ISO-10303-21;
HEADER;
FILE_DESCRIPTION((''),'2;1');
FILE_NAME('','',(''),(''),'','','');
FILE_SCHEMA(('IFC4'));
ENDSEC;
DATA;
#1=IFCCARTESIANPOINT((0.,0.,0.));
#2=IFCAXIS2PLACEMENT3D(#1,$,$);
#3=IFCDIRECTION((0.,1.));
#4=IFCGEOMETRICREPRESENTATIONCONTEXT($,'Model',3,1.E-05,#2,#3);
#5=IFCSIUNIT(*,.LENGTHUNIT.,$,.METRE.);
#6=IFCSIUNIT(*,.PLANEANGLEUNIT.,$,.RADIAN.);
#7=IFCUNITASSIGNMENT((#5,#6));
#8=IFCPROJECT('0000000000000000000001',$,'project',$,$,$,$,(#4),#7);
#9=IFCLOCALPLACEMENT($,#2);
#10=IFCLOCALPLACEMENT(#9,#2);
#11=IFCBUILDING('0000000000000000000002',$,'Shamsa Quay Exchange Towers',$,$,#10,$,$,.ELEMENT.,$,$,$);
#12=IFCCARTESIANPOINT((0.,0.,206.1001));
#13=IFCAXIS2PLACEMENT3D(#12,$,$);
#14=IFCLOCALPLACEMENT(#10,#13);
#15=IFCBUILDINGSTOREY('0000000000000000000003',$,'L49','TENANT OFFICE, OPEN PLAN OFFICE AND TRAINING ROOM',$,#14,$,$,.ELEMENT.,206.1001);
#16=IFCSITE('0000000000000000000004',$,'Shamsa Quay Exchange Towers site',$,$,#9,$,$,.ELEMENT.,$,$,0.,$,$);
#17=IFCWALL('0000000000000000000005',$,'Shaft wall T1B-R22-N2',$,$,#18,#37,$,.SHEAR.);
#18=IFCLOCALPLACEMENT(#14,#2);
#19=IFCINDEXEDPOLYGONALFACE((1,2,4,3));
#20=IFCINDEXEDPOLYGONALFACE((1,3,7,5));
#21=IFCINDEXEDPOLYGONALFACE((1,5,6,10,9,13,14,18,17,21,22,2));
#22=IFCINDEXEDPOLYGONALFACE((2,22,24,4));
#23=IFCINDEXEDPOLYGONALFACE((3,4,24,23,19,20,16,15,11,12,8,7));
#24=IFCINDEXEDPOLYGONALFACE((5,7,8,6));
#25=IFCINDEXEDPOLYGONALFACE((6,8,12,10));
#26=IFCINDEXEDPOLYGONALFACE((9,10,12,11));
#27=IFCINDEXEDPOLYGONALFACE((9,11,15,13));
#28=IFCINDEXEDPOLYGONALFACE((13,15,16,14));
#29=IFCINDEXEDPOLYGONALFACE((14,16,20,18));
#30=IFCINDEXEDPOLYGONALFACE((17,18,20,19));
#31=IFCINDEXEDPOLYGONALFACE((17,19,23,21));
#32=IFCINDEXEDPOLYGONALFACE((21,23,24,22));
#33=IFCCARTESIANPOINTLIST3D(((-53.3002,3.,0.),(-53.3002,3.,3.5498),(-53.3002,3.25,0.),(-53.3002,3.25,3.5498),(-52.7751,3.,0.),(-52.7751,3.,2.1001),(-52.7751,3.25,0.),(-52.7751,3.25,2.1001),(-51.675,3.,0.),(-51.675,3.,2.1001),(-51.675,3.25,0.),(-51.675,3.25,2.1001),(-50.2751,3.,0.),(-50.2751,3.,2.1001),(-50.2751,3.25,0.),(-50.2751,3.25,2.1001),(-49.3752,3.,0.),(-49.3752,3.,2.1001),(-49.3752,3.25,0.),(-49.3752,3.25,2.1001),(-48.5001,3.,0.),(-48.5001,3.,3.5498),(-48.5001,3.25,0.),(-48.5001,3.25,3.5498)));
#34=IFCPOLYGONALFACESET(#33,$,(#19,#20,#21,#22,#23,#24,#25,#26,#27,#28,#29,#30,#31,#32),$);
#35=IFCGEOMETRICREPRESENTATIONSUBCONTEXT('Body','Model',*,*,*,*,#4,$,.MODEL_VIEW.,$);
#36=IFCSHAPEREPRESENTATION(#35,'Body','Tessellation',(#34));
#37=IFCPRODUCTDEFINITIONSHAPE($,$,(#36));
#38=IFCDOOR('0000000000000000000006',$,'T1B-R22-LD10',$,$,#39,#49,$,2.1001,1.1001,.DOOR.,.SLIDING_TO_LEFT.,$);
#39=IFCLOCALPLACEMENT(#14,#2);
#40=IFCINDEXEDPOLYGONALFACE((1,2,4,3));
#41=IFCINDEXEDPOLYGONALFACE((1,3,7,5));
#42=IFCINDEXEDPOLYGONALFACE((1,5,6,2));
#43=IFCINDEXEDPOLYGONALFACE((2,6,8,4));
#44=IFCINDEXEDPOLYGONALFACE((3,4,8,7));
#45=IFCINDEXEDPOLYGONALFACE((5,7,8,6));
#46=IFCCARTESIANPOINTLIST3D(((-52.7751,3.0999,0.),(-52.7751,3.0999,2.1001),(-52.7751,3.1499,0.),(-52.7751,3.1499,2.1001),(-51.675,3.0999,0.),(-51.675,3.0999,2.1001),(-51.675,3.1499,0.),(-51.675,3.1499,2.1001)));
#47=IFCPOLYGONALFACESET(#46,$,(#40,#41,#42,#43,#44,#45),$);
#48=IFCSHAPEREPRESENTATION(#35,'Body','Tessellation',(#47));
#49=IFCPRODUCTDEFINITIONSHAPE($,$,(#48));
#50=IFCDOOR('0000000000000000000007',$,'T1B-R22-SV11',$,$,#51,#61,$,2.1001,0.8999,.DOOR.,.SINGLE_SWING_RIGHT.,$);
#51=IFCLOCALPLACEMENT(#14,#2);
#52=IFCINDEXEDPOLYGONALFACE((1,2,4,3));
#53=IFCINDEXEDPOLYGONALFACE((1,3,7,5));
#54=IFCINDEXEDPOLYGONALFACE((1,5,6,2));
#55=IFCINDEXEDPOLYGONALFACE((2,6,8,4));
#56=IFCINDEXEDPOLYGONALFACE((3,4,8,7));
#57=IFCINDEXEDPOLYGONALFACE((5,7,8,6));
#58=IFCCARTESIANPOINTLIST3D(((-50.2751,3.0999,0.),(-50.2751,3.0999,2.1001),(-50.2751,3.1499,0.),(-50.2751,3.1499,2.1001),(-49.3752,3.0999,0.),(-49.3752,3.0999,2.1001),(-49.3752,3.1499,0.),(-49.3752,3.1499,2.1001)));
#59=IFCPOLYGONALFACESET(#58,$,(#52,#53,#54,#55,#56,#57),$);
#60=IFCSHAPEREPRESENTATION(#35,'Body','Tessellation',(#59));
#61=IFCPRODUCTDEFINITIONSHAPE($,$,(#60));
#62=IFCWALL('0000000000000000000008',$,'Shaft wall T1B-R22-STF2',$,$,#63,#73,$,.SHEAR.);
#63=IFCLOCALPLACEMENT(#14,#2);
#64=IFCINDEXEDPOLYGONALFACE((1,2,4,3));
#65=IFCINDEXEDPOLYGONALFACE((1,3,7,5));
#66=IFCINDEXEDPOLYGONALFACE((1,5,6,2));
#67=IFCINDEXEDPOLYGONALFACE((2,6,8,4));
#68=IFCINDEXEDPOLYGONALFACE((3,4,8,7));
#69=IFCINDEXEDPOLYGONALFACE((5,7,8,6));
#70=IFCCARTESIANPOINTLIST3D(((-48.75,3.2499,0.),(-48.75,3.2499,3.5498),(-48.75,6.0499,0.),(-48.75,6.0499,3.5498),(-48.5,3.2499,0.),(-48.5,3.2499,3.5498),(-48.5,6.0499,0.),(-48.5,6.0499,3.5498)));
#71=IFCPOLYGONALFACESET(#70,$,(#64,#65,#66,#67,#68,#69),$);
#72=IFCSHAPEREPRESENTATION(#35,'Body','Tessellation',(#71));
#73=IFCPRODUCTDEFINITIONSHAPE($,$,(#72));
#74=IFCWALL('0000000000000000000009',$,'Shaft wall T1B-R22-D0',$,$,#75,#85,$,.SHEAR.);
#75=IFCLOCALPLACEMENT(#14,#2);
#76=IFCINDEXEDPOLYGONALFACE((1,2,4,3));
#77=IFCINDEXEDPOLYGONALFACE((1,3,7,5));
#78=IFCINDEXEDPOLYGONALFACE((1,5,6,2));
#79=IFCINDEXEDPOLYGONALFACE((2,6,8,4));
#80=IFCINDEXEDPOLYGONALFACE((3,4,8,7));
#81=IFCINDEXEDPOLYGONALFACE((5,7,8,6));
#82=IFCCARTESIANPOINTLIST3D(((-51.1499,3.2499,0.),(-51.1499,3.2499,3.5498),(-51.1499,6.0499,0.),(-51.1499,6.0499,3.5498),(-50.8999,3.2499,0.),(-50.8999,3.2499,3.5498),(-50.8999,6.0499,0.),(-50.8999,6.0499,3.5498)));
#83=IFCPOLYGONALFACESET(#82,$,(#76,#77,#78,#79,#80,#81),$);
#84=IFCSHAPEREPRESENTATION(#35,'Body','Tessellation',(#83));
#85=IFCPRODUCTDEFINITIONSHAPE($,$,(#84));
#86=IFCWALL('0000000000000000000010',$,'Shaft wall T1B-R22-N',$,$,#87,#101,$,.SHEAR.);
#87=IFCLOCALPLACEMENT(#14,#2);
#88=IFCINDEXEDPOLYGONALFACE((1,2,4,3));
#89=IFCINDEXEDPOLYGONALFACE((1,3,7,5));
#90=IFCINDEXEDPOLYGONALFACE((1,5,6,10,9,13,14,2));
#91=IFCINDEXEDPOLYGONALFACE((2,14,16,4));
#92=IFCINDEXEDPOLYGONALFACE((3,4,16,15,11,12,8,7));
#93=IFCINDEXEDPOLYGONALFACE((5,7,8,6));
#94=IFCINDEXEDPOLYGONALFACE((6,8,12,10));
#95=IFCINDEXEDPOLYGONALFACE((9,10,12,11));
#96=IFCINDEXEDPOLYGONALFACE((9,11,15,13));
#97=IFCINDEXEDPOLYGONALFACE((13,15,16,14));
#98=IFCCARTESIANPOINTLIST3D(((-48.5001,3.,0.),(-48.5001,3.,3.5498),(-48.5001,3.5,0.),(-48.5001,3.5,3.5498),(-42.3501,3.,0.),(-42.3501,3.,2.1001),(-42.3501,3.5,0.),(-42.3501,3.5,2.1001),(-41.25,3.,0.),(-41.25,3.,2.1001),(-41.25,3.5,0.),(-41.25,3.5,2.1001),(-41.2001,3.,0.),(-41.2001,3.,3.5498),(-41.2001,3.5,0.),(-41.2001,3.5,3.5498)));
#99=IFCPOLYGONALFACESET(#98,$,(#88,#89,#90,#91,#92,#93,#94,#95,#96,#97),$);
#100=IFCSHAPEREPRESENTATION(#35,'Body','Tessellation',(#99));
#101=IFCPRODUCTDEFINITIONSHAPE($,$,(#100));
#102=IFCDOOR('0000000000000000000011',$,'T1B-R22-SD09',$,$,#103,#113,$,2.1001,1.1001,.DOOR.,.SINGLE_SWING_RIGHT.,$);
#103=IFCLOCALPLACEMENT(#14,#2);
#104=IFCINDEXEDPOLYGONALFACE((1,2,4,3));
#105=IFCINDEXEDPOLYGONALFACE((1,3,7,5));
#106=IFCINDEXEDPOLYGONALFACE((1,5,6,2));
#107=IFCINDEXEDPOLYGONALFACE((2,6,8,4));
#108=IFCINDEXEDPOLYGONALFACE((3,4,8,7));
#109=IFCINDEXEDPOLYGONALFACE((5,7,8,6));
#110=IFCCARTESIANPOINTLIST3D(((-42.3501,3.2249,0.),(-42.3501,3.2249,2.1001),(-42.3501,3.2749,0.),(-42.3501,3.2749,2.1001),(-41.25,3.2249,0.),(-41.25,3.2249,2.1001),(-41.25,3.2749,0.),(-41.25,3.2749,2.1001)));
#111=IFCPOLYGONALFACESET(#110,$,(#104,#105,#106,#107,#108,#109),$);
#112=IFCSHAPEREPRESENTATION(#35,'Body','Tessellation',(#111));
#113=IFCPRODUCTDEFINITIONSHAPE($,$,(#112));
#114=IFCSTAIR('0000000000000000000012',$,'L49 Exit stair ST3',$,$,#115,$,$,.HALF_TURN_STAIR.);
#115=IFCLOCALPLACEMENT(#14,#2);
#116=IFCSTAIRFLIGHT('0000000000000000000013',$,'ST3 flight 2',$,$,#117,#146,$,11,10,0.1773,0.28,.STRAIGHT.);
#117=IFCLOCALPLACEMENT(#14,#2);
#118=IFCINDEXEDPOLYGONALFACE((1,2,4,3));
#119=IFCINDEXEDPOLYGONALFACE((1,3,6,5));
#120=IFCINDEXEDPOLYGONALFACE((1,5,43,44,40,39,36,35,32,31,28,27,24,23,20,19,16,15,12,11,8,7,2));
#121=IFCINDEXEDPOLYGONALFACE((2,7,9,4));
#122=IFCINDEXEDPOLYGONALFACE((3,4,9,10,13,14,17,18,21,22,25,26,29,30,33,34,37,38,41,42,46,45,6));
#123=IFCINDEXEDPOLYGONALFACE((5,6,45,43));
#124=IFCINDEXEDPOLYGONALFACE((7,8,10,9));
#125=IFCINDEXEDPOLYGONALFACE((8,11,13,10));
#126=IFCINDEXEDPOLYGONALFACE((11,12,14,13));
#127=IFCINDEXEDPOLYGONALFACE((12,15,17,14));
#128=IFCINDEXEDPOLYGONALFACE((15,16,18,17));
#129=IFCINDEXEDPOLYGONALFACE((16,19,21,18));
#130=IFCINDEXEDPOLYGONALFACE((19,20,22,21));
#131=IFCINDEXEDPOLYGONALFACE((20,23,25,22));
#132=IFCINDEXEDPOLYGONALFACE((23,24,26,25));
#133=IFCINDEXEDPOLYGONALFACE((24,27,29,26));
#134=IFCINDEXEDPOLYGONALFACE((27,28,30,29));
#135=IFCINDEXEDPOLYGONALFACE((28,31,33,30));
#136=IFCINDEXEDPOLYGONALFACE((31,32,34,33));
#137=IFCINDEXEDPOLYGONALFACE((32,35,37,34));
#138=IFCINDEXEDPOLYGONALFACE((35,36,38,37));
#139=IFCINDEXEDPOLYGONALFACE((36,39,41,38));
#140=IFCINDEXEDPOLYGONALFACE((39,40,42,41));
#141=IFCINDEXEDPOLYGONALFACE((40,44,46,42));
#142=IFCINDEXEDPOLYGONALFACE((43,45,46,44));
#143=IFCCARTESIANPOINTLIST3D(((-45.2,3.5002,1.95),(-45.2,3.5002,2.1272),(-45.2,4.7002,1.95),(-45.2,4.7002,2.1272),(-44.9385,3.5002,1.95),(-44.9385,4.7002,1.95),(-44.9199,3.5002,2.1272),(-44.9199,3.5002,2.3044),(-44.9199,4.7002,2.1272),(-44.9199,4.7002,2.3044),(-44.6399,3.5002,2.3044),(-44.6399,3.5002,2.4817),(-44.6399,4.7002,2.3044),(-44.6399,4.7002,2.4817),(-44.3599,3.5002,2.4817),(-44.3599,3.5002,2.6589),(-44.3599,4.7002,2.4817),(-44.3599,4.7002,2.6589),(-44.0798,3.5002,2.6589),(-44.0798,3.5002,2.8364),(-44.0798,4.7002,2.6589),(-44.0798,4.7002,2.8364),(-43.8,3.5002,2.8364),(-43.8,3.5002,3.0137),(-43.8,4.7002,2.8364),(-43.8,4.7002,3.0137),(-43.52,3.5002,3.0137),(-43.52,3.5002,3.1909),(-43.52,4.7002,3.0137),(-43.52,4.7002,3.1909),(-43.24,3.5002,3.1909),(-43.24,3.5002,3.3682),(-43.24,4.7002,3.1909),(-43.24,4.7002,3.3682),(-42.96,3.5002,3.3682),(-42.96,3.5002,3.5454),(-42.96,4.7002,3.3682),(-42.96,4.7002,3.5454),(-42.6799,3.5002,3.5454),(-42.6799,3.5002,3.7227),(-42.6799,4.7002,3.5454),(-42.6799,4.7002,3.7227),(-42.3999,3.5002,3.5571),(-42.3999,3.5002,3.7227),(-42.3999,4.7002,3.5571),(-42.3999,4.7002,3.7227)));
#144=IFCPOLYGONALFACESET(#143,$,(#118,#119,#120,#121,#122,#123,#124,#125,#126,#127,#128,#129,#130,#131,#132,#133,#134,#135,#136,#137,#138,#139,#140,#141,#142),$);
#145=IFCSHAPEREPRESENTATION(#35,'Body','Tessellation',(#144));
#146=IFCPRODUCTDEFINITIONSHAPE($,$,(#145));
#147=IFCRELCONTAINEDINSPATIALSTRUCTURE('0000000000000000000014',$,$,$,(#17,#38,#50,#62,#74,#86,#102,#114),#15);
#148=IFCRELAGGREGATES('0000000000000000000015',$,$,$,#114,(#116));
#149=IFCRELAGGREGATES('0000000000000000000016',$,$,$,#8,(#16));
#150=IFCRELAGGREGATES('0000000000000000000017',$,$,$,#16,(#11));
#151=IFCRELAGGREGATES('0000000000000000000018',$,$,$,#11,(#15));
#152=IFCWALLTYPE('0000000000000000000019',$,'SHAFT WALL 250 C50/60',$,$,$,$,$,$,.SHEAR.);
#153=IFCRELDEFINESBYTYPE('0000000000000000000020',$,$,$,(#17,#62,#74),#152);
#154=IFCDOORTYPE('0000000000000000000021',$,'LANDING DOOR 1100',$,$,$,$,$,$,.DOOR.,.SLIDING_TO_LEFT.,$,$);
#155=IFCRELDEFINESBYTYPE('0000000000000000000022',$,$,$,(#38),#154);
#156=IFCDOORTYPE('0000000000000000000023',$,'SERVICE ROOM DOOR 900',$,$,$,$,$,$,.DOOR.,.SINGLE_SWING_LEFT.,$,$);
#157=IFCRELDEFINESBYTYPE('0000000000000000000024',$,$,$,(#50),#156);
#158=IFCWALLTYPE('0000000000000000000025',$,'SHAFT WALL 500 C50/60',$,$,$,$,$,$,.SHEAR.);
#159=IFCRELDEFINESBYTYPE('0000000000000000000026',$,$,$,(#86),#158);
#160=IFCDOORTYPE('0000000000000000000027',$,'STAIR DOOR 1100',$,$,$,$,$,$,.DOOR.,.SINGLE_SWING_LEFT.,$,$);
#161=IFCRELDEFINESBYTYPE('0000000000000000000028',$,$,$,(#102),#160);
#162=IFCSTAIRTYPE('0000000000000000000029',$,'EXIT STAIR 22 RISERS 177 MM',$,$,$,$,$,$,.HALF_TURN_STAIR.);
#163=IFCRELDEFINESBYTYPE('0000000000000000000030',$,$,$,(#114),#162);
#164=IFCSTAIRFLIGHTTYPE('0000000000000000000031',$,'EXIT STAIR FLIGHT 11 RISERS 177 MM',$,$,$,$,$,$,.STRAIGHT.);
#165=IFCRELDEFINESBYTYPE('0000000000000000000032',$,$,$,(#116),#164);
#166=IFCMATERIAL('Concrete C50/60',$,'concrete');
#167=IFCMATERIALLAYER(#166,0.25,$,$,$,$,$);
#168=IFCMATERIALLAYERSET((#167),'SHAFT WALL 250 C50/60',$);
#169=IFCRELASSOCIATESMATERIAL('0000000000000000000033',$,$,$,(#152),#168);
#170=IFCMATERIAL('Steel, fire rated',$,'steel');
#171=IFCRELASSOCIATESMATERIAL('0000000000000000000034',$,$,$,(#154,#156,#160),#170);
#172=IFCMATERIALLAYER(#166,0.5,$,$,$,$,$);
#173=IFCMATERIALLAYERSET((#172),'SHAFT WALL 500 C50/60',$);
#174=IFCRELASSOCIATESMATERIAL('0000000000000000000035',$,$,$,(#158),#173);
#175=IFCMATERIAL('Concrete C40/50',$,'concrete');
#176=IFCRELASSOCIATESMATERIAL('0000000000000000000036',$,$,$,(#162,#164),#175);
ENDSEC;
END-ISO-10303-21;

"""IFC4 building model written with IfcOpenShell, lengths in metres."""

from ifc_helpers import new_model, si_unit, direction, frame, frame_2d, origin, place, context, subcontext, project, spatial, polyline, rectangle, outline, extrude, material, layer, layer_set, type_object, element, fill, aggregate, save


model = new_model("IFC4")

# Units and contexts
model_context = context("Model", 3, precision=1e-05, world=origin(), true_north=direction((0.0, 1.0)))
body_context = subcontext(model_context, "Body", "Model", "MODEL_VIEW")
ifc_project = project(units=[si_unit("LENGTHUNIT", "METRE"), si_unit("PLANEANGLEUNIT", "RADIAN")], contexts=[model_context])

# Site, building, storey
site_placement = place(None, origin())
site = spatial("IfcSite", under=ifc_project, at=site_placement, Name="Shamsa Quay Exchange Towers site", CompositionType="ELEMENT", RefElevation=0.0)
building_placement = place(site_placement, origin())
building = spatial("IfcBuilding", under=site, at=building_placement, Name="Shamsa Quay Exchange Towers", CompositionType="ELEMENT")
storey_placement = place(building_placement, frame((0.0, 0.0, 206.1001)))
storey = spatial("IfcBuildingStorey", under=building, at=storey_placement, Name="L49", Description="TENANT OFFICE, OPEN PLAN OFFICE AND TRAINING ROOM", CompositionType="ELEMENT", Elevation=206.1001)

# Wall, openings, doors
ifc_material_1 = material(Name="Concrete C50/60", Category="concrete")
ifc_layer_1 = layer(ifc_material_1, 0.25)
ifc_layer_set_1 = layer_set([ifc_layer_1], Name="SHAFT WALL 250 C50/60")
wall_type_1 = type_object("IfcWallType", Name="SHAFT WALL 250 C50/60", PredefinedType="SHEAR", material=ifc_layer_set_1)
wall_1_placement = place(storey_placement, frame((-53.3, 3.125, 0.0)))
wall_1 = element("IfcWall", 1, at=wall_1_placement, inside=storey, type_object=wall_type_1, Name="Shaft wall T1B-R22-N2", PredefinedType="SHEAR", context=body_context, shape_type="SweptSolid", body=[
    extrude(rectangle(XDim=4.8, YDim=0.25, at=frame_2d((2.3999, 0.0))), origin(), (0.0, 0.0, 1.0), 3.5498),
])
opening_1_placement = place(wall_1_placement, frame((0.5249, 0.0, 0.0)))
opening_1 = element("IfcOpeningElement", 2, at=opening_1_placement, cuts=wall_1, PredefinedType="OPENING", context=body_context, shape_type="SweptSolid", body=[
    extrude(rectangle(XDim=1.1001, YDim=2.1001, at=frame_2d((0.55, 1.05))), frame((0.0, 0.135, 0.0), z_axis=(0.0, -1.0, 0.0), x_axis=(1.0, 0.0, 0.0)), (0.0, 0.0, 1.0), 0.27),
])
opening_2_placement = place(wall_1_placement, frame((3.0249, 0.0, 0.0)))
opening_2 = element("IfcOpeningElement", 3, at=opening_2_placement, cuts=wall_1, PredefinedType="OPENING", context=body_context, shape_type="SweptSolid", body=[
    extrude(rectangle(XDim=0.8999, YDim=2.1001, at=frame_2d((0.45, 1.05))), frame((0.0, 0.135, 0.0), z_axis=(0.0, -1.0, 0.0), x_axis=(1.0, 0.0, 0.0)), (0.0, 0.0, 1.0), 0.27),
])
ifc_material_2 = material(Name="Steel, fire rated", Category="steel")
door_type_1 = type_object("IfcDoorType", Name="LANDING DOOR 1100", OperationType="SLIDING_TO_LEFT", PredefinedType="DOOR", material=ifc_material_2)
door_1_placement = place(opening_1_placement, origin())
door_1 = element("IfcDoor", 4, at=door_1_placement, inside=storey, type_object=door_type_1, Name="T1B-R22-LD10", OperationType="SLIDING_TO_LEFT", OverallHeight=2.1001, OverallWidth=1.1001, PredefinedType="DOOR", context=body_context, shape_type="SweptSolid", body=[
    extrude(rectangle(XDim=1.1001, YDim=2.1001, at=frame_2d((0.55, 1.05))), frame((0.0, 0.0249, 0.0), z_axis=(0.0, -1.0, 0.0), x_axis=(1.0, 0.0, 0.0)), (0.0, 0.0, 1.0), 0.05),
])
fill(opening_1, door_1)
door_type_2 = type_object("IfcDoorType", Name="SERVICE ROOM DOOR 900", OperationType="SINGLE_SWING_LEFT", PredefinedType="DOOR", material=ifc_material_2)
door_2_placement = place(opening_2_placement, origin())
door_2 = element("IfcDoor", 5, at=door_2_placement, inside=storey, type_object=door_type_2, Name="T1B-R22-SV11", OperationType="SINGLE_SWING_RIGHT", OverallHeight=2.1001, OverallWidth=0.8999, PredefinedType="DOOR", context=body_context, shape_type="SweptSolid", body=[
    extrude(rectangle(XDim=0.8999, YDim=2.1001, at=frame_2d((0.45, 1.05))), frame((0.0, 0.0249, 0.0), z_axis=(0.0, -1.0, 0.0), x_axis=(1.0, 0.0, 0.0)), (0.0, 0.0, 1.0), 0.05),
])
fill(opening_2, door_2)

# Walls
for number, where, z_axis, x_axis, name in (
    (6, (-48.625, 3.25, 0.0), (0.0, 0.0, 1.0), (0.0, 1.0, 0.0), "Shaft wall T1B-R22-STF2"),
    (7, (-51.0249, 3.25, 0.0), (0.0, 0.0, 1.0), (0.0, 1.0, 0.0), "Shaft wall T1B-R22-D0"),
):
    element("IfcWall", number, at=place(storey_placement, frame(where, z_axis=z_axis, x_axis=x_axis)), inside=storey, type_object=wall_type_1, Name=name, PredefinedType="SHEAR", context=body_context, shape_type="SweptSolid", body=[
        extrude(rectangle(XDim=2.8, YDim=0.25, at=frame_2d((1.3999, 0.0))), origin(), (0.0, 0.0, 1.0), 3.5498),
    ])

# Wall, opening, door
ifc_layer_2 = layer(ifc_material_1, 0.5)
ifc_layer_set_2 = layer_set([ifc_layer_2], Name="SHAFT WALL 500 C50/60")
wall_type_2 = type_object("IfcWallType", Name="SHAFT WALL 500 C50/60", PredefinedType="SHEAR", material=ifc_layer_set_2)
wall_2_placement = place(storey_placement, frame((-48.5, 3.25, 0.0)))
wall_2 = element("IfcWall", 8, at=wall_2_placement, inside=storey, type_object=wall_type_2, Name="Shaft wall T1B-R22-N", PredefinedType="SHEAR", context=body_context, shape_type="SweptSolid", body=[
    extrude(rectangle(XDim=7.3, YDim=0.5, at=frame_2d((3.6499, 0.0))), origin(), (0.0, 0.0, 1.0), 3.5498),
])
opening_3_placement = place(wall_2_placement, frame((6.1499, 0.0, 0.0)))
opening_3 = element("IfcOpeningElement", 9, at=opening_3_placement, cuts=wall_2, PredefinedType="OPENING", context=body_context, shape_type="SweptSolid", body=[
    extrude(rectangle(XDim=1.1001, YDim=2.1001, at=frame_2d((0.55, 1.05))), frame((0.0, 0.26, 0.0), z_axis=(0.0, -1.0, 0.0), x_axis=(1.0, 0.0, 0.0)), (0.0, 0.0, 1.0), 0.52),
])
door_type_3 = type_object("IfcDoorType", Name="STAIR DOOR 1100", OperationType="SINGLE_SWING_LEFT", PredefinedType="DOOR", material=ifc_material_2)
door_3_placement = place(opening_3_placement, origin())
door_3 = element("IfcDoor", 10, at=door_3_placement, inside=storey, type_object=door_type_3, Name="T1B-R22-SD09", OperationType="SINGLE_SWING_RIGHT", OverallHeight=2.1001, OverallWidth=1.1001, PredefinedType="DOOR", context=body_context, shape_type="SweptSolid", body=[
    extrude(rectangle(XDim=1.1001, YDim=2.1001, at=frame_2d((0.55, 1.05))), frame((0.0, 0.0249, 0.0), z_axis=(0.0, -1.0, 0.0), x_axis=(1.0, 0.0, 0.0)), (0.0, 0.0, 1.0), 0.05),
])
fill(opening_3, door_3)

# Stair, stair flight
ifc_material_3 = material(Name="Concrete C40/50", Category="concrete")
stair_type = type_object("IfcStairType", Name="EXIT STAIR 22 RISERS 177 MM", PredefinedType="HALF_TURN_STAIR", material=ifc_material_3)
stair_placement = place(storey_placement, origin())
stair = element("IfcStair", 11, at=stair_placement, inside=storey, type_object=stair_type, Name="L49 Exit stair ST3", PredefinedType="HALF_TURN_STAIR")
stair_flight_type = type_object("IfcStairFlightType", Name="EXIT STAIR FLIGHT 11 RISERS 177 MM", PredefinedType="STRAIGHT", material=ifc_material_3)
stair_flight_placement = place(storey_placement, frame((-45.2, 4.1001, 1.95)))
stair_flight = element("IfcStairFlight", 12, at=stair_flight_placement, type_object=stair_flight_type, Name="ST3 flight 2", NumberOfRisers=11, NumberOfTreads=10, PredefinedType="STRAIGHT", RiserHeight=0.1773, TreadLength=0.28, context=body_context, shape_type="SweptSolid", body=[
    extrude(outline(polyline([(0.0, 0.0), (0.0, 0.1772), (0.28, 0.1772), (0.28, 0.3545), (0.5601, 0.3545), (0.5601, 0.5317), (0.8401, 0.5317), (0.8401, 0.709), (1.1201, 0.709), (1.1201, 0.8865), (1.3999, 0.8865), (1.3999, 1.0637), (1.6799, 1.0637), (1.6799, 1.241), (1.96, 1.241), (1.96, 1.4182), (2.24, 1.4182), (2.24, 1.5955), (2.52, 1.5955), (2.52, 1.7727), (2.8, 1.7727), (2.8, 1.95), (2.8, 1.6072), (0.2615, 0.0), (0.0, 0.0)])), frame((0.0, 0.6001, 0.0), z_axis=(0.0, -1.0, 0.0), x_axis=(1.0, 0.0, 0.0)), (0.0, 0.0, 1.0), 1.2),
])
aggregate(stair, [stair_flight])

save(model, "model.ifc")
